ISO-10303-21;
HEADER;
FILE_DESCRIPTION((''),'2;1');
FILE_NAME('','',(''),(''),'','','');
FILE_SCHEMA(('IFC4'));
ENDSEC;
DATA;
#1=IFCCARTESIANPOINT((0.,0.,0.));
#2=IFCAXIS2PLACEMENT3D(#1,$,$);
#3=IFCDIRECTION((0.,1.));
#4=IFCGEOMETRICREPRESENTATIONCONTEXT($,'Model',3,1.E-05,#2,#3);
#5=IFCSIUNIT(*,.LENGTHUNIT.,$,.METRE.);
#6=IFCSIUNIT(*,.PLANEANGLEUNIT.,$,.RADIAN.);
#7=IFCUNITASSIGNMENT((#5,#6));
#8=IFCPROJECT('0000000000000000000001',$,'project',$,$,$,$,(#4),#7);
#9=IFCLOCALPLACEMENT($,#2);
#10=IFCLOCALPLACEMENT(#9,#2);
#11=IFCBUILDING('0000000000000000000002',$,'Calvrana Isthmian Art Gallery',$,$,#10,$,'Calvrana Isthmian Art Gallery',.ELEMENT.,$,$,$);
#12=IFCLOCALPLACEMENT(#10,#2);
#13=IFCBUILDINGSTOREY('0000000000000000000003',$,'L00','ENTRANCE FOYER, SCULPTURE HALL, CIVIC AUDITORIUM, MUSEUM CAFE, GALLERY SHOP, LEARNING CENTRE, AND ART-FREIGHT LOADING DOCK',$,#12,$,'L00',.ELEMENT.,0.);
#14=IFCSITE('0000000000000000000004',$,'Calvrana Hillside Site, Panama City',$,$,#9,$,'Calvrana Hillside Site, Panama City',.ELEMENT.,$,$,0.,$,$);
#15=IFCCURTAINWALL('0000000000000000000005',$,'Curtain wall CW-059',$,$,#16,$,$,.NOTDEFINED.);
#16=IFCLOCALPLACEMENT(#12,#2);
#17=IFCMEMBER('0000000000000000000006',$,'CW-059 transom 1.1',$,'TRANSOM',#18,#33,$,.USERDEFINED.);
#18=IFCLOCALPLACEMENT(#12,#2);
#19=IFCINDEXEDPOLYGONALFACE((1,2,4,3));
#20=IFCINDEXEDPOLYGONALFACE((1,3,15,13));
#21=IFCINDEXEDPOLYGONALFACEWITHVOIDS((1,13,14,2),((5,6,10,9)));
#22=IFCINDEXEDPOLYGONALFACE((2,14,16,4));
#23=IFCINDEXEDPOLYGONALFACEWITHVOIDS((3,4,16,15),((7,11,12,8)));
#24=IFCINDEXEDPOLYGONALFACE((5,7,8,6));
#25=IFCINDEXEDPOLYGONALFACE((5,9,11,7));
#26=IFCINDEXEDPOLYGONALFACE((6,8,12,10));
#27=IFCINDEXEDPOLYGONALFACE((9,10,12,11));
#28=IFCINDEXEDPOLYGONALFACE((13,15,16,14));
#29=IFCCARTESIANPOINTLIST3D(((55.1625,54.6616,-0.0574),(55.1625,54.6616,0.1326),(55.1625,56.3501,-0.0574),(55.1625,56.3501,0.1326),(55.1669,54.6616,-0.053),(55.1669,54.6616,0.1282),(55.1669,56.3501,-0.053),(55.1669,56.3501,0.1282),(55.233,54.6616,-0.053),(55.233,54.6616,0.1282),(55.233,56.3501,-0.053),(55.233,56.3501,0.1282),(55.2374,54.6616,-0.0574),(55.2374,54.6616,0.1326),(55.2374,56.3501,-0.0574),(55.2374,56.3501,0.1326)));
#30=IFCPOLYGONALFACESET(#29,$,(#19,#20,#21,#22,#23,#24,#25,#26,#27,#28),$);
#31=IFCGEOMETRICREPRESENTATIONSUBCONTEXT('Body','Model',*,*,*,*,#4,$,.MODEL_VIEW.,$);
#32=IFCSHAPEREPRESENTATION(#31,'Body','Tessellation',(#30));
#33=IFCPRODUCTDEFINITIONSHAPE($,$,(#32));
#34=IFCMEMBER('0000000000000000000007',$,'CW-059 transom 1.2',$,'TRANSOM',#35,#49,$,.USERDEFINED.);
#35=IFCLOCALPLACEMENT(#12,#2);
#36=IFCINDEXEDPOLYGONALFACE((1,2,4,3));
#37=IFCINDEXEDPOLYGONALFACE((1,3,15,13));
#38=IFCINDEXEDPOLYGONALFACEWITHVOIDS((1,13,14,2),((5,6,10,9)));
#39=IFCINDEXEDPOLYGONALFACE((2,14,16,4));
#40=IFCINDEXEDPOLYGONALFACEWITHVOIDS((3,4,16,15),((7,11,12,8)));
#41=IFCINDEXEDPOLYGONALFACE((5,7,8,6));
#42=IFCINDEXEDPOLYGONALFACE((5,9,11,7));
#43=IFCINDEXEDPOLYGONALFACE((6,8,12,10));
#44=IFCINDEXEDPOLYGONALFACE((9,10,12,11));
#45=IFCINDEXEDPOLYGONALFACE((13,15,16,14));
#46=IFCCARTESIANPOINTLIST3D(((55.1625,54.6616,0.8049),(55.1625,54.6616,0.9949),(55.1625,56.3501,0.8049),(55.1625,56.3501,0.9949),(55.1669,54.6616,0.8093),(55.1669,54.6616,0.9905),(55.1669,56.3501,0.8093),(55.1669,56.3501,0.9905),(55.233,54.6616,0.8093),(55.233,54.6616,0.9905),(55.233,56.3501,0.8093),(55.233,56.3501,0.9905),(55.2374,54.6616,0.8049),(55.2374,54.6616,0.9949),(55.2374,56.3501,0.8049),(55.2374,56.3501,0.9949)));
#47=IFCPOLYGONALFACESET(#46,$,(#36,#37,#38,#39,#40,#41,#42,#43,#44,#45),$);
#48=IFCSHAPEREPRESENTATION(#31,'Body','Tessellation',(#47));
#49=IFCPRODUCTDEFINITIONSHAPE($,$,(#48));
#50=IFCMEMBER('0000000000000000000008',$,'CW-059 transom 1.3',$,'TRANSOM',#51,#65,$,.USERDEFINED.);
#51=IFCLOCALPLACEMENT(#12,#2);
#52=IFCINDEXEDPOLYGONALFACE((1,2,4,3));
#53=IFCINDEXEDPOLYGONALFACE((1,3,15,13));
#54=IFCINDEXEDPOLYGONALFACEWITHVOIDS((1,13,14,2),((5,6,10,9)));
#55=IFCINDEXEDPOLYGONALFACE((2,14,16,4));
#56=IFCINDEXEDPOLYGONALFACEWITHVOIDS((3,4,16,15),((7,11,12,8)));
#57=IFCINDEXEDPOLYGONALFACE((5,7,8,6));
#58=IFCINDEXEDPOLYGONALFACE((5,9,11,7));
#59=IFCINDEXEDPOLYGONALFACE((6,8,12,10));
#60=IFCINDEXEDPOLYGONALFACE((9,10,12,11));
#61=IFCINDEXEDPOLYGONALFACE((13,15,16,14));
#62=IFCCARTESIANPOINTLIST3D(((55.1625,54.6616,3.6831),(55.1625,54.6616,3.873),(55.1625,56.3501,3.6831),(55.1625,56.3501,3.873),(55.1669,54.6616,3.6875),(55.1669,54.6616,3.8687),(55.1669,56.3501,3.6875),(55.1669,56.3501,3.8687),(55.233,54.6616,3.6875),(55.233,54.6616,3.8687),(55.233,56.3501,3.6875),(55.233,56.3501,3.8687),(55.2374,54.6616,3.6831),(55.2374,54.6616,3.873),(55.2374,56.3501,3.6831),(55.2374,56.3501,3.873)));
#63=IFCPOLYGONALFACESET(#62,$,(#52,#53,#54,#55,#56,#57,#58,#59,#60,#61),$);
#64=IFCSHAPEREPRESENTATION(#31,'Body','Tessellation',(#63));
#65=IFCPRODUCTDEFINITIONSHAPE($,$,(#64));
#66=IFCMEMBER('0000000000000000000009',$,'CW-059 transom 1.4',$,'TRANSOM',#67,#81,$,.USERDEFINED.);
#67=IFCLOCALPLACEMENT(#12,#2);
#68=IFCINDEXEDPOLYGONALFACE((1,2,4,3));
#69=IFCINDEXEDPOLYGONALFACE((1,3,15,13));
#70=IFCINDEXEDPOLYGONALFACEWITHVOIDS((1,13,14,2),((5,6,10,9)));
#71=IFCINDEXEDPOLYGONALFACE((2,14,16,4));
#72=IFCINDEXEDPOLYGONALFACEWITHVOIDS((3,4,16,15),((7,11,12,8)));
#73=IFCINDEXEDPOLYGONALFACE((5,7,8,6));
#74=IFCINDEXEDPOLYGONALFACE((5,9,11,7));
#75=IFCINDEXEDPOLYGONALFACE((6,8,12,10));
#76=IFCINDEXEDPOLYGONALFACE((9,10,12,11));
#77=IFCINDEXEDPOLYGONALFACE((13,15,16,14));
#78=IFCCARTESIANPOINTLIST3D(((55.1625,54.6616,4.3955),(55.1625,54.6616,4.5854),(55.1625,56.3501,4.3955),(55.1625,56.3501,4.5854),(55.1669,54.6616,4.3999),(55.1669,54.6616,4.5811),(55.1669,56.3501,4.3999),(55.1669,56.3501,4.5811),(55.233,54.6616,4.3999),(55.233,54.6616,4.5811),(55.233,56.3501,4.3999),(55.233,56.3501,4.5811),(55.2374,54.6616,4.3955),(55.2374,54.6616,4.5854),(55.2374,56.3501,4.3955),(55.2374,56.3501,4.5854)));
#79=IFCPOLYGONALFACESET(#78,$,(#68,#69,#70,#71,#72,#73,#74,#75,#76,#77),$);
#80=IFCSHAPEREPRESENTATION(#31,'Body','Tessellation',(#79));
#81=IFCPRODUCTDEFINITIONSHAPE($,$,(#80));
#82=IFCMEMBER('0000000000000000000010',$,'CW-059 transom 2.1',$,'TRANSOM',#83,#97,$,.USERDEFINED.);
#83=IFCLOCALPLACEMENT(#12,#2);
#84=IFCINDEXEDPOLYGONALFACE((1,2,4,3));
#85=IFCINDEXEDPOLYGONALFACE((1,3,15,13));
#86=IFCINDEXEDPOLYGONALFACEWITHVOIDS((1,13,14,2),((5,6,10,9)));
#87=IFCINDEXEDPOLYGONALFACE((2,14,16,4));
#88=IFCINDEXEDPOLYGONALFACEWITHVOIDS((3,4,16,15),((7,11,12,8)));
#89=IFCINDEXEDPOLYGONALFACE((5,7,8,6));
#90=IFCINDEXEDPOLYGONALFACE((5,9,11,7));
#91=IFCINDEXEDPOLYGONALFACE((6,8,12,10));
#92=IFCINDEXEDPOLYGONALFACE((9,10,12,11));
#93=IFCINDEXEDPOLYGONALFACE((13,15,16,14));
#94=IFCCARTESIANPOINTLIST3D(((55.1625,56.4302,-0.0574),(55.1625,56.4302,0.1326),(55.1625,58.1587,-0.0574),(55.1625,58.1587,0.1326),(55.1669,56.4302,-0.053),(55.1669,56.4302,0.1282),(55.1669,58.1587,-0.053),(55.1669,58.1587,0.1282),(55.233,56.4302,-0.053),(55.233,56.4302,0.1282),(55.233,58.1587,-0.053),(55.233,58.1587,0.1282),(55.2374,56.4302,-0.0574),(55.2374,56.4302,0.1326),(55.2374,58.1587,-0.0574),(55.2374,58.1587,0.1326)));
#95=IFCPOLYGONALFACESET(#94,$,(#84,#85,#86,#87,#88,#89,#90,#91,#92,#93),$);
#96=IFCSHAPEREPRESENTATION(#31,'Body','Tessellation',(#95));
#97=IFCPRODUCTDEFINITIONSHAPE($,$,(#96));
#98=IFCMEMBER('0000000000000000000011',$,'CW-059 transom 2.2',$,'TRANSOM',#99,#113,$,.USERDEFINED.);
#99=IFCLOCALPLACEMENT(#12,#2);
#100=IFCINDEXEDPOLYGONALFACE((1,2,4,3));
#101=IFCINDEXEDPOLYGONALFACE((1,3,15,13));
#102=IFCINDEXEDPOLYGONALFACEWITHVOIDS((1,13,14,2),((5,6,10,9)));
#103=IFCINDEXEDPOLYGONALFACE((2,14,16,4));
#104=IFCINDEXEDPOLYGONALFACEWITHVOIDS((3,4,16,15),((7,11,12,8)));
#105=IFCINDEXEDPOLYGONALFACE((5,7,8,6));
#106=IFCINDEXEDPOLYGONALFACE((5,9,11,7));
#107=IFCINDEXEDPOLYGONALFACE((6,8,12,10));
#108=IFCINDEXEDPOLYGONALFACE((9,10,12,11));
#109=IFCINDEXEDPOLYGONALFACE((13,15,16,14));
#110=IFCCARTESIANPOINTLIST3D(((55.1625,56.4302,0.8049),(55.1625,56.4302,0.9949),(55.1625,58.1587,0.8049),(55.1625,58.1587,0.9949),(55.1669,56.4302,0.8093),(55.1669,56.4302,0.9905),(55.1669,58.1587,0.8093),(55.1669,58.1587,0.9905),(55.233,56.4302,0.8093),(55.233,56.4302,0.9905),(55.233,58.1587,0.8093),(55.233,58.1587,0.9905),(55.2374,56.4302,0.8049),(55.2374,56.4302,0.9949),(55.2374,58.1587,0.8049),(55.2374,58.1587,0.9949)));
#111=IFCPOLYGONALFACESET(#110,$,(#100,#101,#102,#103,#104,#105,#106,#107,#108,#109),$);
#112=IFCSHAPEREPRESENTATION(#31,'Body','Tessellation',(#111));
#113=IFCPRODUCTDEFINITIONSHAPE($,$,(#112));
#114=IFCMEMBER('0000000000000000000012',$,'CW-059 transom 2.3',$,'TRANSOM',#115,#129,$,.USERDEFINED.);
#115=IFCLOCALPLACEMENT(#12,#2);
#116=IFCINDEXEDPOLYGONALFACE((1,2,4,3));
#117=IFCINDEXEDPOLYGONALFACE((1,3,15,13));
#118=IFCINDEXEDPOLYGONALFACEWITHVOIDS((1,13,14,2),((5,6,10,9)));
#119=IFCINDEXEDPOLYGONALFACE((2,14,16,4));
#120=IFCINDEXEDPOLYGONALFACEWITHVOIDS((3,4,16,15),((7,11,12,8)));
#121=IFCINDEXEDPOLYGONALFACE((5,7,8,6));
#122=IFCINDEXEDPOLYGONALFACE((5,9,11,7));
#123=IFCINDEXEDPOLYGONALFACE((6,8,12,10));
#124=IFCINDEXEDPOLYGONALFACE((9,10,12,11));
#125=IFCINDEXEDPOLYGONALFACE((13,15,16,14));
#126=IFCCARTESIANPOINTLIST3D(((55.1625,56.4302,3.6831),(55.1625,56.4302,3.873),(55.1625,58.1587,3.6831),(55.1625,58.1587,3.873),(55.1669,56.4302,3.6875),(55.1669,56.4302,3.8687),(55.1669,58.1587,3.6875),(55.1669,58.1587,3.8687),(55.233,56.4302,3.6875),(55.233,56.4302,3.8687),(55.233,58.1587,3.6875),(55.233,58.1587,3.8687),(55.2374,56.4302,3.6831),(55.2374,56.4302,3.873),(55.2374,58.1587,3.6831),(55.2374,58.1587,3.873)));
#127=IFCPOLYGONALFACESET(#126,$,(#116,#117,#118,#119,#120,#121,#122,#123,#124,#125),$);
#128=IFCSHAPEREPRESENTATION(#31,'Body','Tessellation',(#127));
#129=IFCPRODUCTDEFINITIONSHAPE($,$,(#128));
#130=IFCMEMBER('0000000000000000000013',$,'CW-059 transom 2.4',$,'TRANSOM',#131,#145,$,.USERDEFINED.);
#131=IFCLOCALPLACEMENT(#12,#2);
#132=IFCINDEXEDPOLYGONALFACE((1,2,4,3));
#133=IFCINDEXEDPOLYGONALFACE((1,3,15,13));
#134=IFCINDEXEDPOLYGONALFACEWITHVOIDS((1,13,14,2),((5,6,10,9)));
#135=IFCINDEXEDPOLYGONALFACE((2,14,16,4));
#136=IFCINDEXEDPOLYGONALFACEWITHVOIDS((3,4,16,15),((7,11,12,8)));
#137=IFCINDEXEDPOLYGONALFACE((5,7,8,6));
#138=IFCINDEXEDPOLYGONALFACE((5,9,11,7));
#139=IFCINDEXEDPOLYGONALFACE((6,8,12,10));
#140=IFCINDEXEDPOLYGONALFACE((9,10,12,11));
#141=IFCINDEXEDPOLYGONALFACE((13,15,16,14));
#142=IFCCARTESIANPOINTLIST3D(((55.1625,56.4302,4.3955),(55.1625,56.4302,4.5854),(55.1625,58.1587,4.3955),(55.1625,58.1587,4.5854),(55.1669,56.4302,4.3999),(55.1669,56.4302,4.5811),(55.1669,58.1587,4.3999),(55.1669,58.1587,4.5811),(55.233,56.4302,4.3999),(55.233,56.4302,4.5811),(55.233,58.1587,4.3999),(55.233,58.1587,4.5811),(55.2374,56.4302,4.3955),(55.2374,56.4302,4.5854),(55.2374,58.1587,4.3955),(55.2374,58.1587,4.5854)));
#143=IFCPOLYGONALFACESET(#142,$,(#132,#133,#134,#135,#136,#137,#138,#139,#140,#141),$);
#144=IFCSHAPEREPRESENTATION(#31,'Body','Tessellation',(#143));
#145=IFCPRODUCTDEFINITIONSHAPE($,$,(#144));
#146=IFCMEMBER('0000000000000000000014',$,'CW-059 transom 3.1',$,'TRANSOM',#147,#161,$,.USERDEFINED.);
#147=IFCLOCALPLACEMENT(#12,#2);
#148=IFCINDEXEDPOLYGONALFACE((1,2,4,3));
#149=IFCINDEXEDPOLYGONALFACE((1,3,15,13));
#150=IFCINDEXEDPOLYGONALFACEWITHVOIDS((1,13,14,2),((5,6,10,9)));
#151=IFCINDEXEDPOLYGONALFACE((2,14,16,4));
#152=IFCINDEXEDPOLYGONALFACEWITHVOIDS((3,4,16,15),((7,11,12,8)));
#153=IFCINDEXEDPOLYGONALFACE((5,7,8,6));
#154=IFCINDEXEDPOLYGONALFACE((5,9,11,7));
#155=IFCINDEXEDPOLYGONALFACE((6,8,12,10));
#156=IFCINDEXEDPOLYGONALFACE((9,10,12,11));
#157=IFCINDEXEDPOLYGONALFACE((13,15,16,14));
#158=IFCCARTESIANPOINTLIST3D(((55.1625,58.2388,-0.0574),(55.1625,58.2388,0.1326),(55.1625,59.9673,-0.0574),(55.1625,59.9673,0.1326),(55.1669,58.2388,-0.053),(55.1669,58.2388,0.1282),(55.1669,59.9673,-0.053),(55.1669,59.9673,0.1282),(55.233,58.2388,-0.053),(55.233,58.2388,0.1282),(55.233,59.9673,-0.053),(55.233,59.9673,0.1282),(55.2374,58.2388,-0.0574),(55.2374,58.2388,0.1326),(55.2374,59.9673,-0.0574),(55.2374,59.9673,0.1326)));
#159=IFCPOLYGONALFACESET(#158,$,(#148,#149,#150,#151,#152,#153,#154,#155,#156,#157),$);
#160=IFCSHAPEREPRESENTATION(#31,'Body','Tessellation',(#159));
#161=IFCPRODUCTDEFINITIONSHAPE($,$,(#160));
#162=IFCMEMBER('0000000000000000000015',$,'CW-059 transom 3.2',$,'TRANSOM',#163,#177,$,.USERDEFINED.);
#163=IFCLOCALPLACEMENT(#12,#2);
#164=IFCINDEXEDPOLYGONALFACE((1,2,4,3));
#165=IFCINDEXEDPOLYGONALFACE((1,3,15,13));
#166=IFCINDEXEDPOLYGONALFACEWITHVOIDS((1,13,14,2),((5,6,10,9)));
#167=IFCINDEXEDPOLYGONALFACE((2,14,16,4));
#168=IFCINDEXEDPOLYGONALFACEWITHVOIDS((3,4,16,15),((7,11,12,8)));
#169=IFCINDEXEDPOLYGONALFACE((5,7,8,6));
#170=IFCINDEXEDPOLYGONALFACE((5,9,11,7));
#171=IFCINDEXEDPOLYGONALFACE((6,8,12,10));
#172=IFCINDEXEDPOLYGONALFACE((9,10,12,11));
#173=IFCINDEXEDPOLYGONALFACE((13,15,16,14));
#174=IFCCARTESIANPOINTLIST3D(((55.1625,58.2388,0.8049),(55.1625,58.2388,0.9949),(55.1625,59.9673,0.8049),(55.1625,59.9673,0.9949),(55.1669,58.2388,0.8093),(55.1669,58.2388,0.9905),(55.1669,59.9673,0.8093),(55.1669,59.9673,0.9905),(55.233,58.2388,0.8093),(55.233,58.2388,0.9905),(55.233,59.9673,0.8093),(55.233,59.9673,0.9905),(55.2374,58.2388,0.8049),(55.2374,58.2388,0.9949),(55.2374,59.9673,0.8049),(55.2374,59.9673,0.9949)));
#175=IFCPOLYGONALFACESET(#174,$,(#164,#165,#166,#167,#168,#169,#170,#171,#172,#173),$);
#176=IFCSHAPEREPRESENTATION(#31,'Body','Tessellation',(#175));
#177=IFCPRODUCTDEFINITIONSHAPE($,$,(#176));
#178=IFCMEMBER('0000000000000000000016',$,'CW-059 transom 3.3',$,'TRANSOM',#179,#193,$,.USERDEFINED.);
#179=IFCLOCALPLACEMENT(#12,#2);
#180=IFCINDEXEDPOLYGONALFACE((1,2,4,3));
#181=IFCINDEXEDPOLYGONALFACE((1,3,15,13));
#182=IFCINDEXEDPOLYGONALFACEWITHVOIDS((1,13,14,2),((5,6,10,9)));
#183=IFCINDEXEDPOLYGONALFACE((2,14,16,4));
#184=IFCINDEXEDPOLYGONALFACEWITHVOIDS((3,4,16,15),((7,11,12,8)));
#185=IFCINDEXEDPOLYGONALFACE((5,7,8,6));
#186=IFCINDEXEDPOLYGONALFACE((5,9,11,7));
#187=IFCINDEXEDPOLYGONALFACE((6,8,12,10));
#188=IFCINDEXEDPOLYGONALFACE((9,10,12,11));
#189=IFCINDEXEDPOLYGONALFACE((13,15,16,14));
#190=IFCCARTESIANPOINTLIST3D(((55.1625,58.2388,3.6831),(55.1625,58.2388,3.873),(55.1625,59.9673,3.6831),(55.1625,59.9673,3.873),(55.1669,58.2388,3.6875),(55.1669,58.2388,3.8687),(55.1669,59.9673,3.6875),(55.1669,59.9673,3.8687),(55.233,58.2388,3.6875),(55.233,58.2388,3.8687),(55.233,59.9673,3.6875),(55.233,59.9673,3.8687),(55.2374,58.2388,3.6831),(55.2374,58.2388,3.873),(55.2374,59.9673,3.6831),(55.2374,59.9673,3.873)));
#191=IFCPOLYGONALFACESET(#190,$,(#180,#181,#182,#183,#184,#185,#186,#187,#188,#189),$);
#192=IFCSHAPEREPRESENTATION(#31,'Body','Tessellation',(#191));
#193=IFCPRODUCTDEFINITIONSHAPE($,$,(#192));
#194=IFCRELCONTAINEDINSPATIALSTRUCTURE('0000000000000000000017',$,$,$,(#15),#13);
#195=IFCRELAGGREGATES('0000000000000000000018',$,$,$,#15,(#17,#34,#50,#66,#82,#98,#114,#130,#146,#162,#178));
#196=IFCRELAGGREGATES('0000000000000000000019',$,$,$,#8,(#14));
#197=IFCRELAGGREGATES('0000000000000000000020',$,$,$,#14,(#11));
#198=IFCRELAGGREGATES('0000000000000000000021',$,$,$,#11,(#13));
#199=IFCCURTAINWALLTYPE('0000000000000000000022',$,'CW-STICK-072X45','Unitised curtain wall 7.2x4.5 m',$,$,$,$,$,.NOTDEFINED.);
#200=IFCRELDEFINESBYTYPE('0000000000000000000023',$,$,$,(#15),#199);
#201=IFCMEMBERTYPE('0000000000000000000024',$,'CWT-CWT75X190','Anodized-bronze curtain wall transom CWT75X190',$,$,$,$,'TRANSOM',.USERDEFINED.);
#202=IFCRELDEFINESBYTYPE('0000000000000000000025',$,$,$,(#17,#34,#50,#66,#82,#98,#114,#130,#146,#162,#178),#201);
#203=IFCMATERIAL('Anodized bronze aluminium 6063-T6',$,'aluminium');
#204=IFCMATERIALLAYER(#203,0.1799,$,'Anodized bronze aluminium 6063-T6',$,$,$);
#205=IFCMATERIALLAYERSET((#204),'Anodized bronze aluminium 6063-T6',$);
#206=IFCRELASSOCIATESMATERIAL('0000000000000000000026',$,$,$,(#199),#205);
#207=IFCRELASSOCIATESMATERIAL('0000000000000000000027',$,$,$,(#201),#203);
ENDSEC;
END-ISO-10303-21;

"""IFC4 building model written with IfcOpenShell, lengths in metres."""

from ifc_helpers import new_model, si_unit, direction, frame, origin, origin_2d, place, context, subcontext, project, spatial, hollow_rectangle, extrude, material, layer, layer_set, material_profile, profile_set, type_object, element, aggregate, save


model = new_model("IFC4")

# Units and contexts
model_context = context("Model", 3, precision=1e-05, world=origin(), true_north=direction((0.0, 1.0)))
body_context = subcontext(model_context, "Body", "Model", "MODEL_VIEW")
ifc_project = project(units=[si_unit("LENGTHUNIT", "METRE"), si_unit("PLANEANGLEUNIT", "RADIAN")], contexts=[model_context])

# Site, building, storey
site_placement = place(None, origin())
site = spatial("IfcSite", under=ifc_project, at=site_placement, Name="Calvrana Hillside Site, Panama City", LongName="Calvrana Hillside Site, Panama City", CompositionType="ELEMENT", RefElevation=0.0)
building_placement = place(site_placement, origin())
building = spatial("IfcBuilding", under=site, at=building_placement, Name="Calvrana Isthmian Art Gallery", LongName="Calvrana Isthmian Art Gallery", CompositionType="ELEMENT")
storey_placement = place(building_placement, origin())
storey = spatial("IfcBuildingStorey", under=building, at=storey_placement, Name="L00", Description="ENTRANCE FOYER, SCULPTURE HALL, CIVIC AUDITORIUM, MUSEUM CAFE, GALLERY SHOP, LEARNING CENTRE, AND ART-FREIGHT LOADING DOCK", LongName="L00", CompositionType="ELEMENT", Elevation=0.0)

# Curtain wall, members
ifc_material_1 = material(Name="Anodized bronze aluminium 6063-T6", Category="aluminium")
ifc_layer_1 = layer(ifc_material_1, 0.1799, Name="Anodized bronze aluminium 6063-T6")
ifc_layer_set_1 = layer_set([ifc_layer_1], Name="Anodized bronze aluminium 6063-T6")
curtain_wall_type = type_object("IfcCurtainWallType", Name="CW-STICK-072X45", Description="Unitised curtain wall 7.2x4.5 m", PredefinedType="NOTDEFINED", material=ifc_layer_set_1)
curtain_wall_placement = place(storey_placement, origin())
curtain_wall = element("IfcCurtainWall", 1, at=curtain_wall_placement, inside=storey, type_object=curtain_wall_type, Name="Curtain wall CW-059", PredefinedType="NOTDEFINED")
ifc_material_profile_1 = material_profile(ifc_material_1, hollow_rectangle(XDim=0.075, YDim=0.1899, WallThickness=0.0044, at=origin_2d()), Name="CWT75X190")
ifc_profile_set_1 = profile_set([ifc_material_profile_1], Name="Anodized bronze aluminium 6063-T6")
member_type_1 = type_object("IfcMemberType", Name="CWT-CWT75X190", Description="Anodized-bronze curtain wall transom CWT75X190", ElementType="TRANSOM", PredefinedType="USERDEFINED", material=ifc_profile_set_1)
member_1_placement = place(storey_placement, frame((55.2, 54.6616, 0.0376), z_axis=(0.0, 1.0, 0.0), x_axis=(-1.0, 0.0, 0.0)))
member_1 = element("IfcMember", 2, at=member_1_placement, type_object=member_type_1, Name="CW-059 transom 1.1", ObjectType="TRANSOM", PredefinedType="USERDEFINED", context=body_context, shape_type="SweptSolid", body=[
    extrude(hollow_rectangle(XDim=0.075, YDim=0.1899, WallThickness=0.0044, at=origin_2d()), origin(), (0.0, 0.0, 1.0), 1.6885),
])
member_2_placement = place(storey_placement, frame((55.2, 54.6616, 0.8999), z_axis=(0.0, 1.0, 0.0), x_axis=(-1.0, 0.0, 0.0)))
member_2 = element("IfcMember", 3, at=member_2_placement, type_object=member_type_1, Name="CW-059 transom 1.2", ObjectType="TRANSOM", PredefinedType="USERDEFINED", context=body_context, shape_type="SweptSolid", body=[
    extrude(hollow_rectangle(XDim=0.075, YDim=0.1899, WallThickness=0.0044, at=origin_2d()), origin(), (0.0, 0.0, 1.0), 1.6885),
])
member_3_placement = place(storey_placement, frame((55.2, 54.6616, 3.7781), z_axis=(0.0, 1.0, 0.0), x_axis=(-1.0, 0.0, 0.0)))
member_3 = element("IfcMember", 4, at=member_3_placement, type_object=member_type_1, Name="CW-059 transom 1.3", ObjectType="TRANSOM", PredefinedType="USERDEFINED", context=body_context, shape_type="SweptSolid", body=[
    extrude(hollow_rectangle(XDim=0.075, YDim=0.1899, WallThickness=0.0044, at=origin_2d()), origin(), (0.0, 0.0, 1.0), 1.6885),
])
member_4_placement = place(storey_placement, frame((55.2, 54.6616, 4.4905), z_axis=(0.0, 1.0, 0.0), x_axis=(-1.0, 0.0, 0.0)))
member_4 = element("IfcMember", 5, at=member_4_placement, type_object=member_type_1, Name="CW-059 transom 1.4", ObjectType="TRANSOM", PredefinedType="USERDEFINED", context=body_context, shape_type="SweptSolid", body=[
    extrude(hollow_rectangle(XDim=0.075, YDim=0.1899, WallThickness=0.0044, at=origin_2d()), origin(), (0.0, 0.0, 1.0), 1.6885),
])
member_5_placement = place(storey_placement, frame((55.2, 56.4302, 0.0376), z_axis=(0.0, 1.0, 0.0), x_axis=(-1.0, 0.0, 0.0)))
member_5 = element("IfcMember", 6, at=member_5_placement, type_object=member_type_1, Name="CW-059 transom 2.1", ObjectType="TRANSOM", PredefinedType="USERDEFINED", context=body_context, shape_type="SweptSolid", body=[
    extrude(hollow_rectangle(XDim=0.075, YDim=0.1899, WallThickness=0.0044, at=origin_2d()), origin(), (0.0, 0.0, 1.0), 1.7285),
])
member_6_placement = place(storey_placement, frame((55.2, 56.4302, 0.8999), z_axis=(0.0, 1.0, 0.0), x_axis=(-1.0, 0.0, 0.0)))
member_6 = element("IfcMember", 7, at=member_6_placement, type_object=member_type_1, Name="CW-059 transom 2.2", ObjectType="TRANSOM", PredefinedType="USERDEFINED", context=body_context, shape_type="SweptSolid", body=[
    extrude(hollow_rectangle(XDim=0.075, YDim=0.1899, WallThickness=0.0044, at=origin_2d()), origin(), (0.0, 0.0, 1.0), 1.7285),
])
member_7_placement = place(storey_placement, frame((55.2, 56.4302, 3.7781), z_axis=(0.0, 1.0, 0.0), x_axis=(-1.0, 0.0, 0.0)))
member_7 = element("IfcMember", 8, at=member_7_placement, type_object=member_type_1, Name="CW-059 transom 2.3", ObjectType="TRANSOM", PredefinedType="USERDEFINED", context=body_context, shape_type="SweptSolid", body=[
    extrude(hollow_rectangle(XDim=0.075, YDim=0.1899, WallThickness=0.0044, at=origin_2d()), origin(), (0.0, 0.0, 1.0), 1.7285),
])
member_8_placement = place(storey_placement, frame((55.2, 56.4302, 4.4905), z_axis=(0.0, 1.0, 0.0), x_axis=(-1.0, 0.0, 0.0)))
member_8 = element("IfcMember", 9, at=member_8_placement, type_object=member_type_1, Name="CW-059 transom 2.4", ObjectType="TRANSOM", PredefinedType="USERDEFINED", context=body_context, shape_type="SweptSolid", body=[
    extrude(hollow_rectangle(XDim=0.075, YDim=0.1899, WallThickness=0.0044, at=origin_2d()), origin(), (0.0, 0.0, 1.0), 1.7285),
])
member_9_placement = place(storey_placement, frame((55.2, 58.2388, 0.0376), z_axis=(0.0, 1.0, 0.0), x_axis=(-1.0, 0.0, 0.0)))
member_9 = element("IfcMember", 10, at=member_9_placement, type_object=member_type_1, Name="CW-059 transom 3.1", ObjectType="TRANSOM", PredefinedType="USERDEFINED", context=body_context, shape_type="SweptSolid", body=[
    extrude(hollow_rectangle(XDim=0.075, YDim=0.1899, WallThickness=0.0044, at=origin_2d()), origin(), (0.0, 0.0, 1.0), 1.7285),
])
member_10_placement = place(storey_placement, frame((55.2, 58.2388, 0.8999), z_axis=(0.0, 1.0, 0.0), x_axis=(-1.0, 0.0, 0.0)))
member_10 = element("IfcMember", 11, at=member_10_placement, type_object=member_type_1, Name="CW-059 transom 3.2", ObjectType="TRANSOM", PredefinedType="USERDEFINED", context=body_context, shape_type="SweptSolid", body=[
    extrude(hollow_rectangle(XDim=0.075, YDim=0.1899, WallThickness=0.0044, at=origin_2d()), origin(), (0.0, 0.0, 1.0), 1.7285),
])
member_11_placement = place(storey_placement, frame((55.2, 58.2388, 3.7781), z_axis=(0.0, 1.0, 0.0), x_axis=(-1.0, 0.0, 0.0)))
member_11 = element("IfcMember", 12, at=member_11_placement, type_object=member_type_1, Name="CW-059 transom 3.3", ObjectType="TRANSOM", PredefinedType="USERDEFINED", context=body_context, shape_type="SweptSolid", body=[
    extrude(hollow_rectangle(XDim=0.075, YDim=0.1899, WallThickness=0.0044, at=origin_2d()), origin(), (0.0, 0.0, 1.0), 1.7285),
])
aggregate(curtain_wall, [member_1, member_2, member_3, member_4, member_5, member_6, member_7, member_8, member_9, member_10, member_11])

save(model, "model.ifc")
